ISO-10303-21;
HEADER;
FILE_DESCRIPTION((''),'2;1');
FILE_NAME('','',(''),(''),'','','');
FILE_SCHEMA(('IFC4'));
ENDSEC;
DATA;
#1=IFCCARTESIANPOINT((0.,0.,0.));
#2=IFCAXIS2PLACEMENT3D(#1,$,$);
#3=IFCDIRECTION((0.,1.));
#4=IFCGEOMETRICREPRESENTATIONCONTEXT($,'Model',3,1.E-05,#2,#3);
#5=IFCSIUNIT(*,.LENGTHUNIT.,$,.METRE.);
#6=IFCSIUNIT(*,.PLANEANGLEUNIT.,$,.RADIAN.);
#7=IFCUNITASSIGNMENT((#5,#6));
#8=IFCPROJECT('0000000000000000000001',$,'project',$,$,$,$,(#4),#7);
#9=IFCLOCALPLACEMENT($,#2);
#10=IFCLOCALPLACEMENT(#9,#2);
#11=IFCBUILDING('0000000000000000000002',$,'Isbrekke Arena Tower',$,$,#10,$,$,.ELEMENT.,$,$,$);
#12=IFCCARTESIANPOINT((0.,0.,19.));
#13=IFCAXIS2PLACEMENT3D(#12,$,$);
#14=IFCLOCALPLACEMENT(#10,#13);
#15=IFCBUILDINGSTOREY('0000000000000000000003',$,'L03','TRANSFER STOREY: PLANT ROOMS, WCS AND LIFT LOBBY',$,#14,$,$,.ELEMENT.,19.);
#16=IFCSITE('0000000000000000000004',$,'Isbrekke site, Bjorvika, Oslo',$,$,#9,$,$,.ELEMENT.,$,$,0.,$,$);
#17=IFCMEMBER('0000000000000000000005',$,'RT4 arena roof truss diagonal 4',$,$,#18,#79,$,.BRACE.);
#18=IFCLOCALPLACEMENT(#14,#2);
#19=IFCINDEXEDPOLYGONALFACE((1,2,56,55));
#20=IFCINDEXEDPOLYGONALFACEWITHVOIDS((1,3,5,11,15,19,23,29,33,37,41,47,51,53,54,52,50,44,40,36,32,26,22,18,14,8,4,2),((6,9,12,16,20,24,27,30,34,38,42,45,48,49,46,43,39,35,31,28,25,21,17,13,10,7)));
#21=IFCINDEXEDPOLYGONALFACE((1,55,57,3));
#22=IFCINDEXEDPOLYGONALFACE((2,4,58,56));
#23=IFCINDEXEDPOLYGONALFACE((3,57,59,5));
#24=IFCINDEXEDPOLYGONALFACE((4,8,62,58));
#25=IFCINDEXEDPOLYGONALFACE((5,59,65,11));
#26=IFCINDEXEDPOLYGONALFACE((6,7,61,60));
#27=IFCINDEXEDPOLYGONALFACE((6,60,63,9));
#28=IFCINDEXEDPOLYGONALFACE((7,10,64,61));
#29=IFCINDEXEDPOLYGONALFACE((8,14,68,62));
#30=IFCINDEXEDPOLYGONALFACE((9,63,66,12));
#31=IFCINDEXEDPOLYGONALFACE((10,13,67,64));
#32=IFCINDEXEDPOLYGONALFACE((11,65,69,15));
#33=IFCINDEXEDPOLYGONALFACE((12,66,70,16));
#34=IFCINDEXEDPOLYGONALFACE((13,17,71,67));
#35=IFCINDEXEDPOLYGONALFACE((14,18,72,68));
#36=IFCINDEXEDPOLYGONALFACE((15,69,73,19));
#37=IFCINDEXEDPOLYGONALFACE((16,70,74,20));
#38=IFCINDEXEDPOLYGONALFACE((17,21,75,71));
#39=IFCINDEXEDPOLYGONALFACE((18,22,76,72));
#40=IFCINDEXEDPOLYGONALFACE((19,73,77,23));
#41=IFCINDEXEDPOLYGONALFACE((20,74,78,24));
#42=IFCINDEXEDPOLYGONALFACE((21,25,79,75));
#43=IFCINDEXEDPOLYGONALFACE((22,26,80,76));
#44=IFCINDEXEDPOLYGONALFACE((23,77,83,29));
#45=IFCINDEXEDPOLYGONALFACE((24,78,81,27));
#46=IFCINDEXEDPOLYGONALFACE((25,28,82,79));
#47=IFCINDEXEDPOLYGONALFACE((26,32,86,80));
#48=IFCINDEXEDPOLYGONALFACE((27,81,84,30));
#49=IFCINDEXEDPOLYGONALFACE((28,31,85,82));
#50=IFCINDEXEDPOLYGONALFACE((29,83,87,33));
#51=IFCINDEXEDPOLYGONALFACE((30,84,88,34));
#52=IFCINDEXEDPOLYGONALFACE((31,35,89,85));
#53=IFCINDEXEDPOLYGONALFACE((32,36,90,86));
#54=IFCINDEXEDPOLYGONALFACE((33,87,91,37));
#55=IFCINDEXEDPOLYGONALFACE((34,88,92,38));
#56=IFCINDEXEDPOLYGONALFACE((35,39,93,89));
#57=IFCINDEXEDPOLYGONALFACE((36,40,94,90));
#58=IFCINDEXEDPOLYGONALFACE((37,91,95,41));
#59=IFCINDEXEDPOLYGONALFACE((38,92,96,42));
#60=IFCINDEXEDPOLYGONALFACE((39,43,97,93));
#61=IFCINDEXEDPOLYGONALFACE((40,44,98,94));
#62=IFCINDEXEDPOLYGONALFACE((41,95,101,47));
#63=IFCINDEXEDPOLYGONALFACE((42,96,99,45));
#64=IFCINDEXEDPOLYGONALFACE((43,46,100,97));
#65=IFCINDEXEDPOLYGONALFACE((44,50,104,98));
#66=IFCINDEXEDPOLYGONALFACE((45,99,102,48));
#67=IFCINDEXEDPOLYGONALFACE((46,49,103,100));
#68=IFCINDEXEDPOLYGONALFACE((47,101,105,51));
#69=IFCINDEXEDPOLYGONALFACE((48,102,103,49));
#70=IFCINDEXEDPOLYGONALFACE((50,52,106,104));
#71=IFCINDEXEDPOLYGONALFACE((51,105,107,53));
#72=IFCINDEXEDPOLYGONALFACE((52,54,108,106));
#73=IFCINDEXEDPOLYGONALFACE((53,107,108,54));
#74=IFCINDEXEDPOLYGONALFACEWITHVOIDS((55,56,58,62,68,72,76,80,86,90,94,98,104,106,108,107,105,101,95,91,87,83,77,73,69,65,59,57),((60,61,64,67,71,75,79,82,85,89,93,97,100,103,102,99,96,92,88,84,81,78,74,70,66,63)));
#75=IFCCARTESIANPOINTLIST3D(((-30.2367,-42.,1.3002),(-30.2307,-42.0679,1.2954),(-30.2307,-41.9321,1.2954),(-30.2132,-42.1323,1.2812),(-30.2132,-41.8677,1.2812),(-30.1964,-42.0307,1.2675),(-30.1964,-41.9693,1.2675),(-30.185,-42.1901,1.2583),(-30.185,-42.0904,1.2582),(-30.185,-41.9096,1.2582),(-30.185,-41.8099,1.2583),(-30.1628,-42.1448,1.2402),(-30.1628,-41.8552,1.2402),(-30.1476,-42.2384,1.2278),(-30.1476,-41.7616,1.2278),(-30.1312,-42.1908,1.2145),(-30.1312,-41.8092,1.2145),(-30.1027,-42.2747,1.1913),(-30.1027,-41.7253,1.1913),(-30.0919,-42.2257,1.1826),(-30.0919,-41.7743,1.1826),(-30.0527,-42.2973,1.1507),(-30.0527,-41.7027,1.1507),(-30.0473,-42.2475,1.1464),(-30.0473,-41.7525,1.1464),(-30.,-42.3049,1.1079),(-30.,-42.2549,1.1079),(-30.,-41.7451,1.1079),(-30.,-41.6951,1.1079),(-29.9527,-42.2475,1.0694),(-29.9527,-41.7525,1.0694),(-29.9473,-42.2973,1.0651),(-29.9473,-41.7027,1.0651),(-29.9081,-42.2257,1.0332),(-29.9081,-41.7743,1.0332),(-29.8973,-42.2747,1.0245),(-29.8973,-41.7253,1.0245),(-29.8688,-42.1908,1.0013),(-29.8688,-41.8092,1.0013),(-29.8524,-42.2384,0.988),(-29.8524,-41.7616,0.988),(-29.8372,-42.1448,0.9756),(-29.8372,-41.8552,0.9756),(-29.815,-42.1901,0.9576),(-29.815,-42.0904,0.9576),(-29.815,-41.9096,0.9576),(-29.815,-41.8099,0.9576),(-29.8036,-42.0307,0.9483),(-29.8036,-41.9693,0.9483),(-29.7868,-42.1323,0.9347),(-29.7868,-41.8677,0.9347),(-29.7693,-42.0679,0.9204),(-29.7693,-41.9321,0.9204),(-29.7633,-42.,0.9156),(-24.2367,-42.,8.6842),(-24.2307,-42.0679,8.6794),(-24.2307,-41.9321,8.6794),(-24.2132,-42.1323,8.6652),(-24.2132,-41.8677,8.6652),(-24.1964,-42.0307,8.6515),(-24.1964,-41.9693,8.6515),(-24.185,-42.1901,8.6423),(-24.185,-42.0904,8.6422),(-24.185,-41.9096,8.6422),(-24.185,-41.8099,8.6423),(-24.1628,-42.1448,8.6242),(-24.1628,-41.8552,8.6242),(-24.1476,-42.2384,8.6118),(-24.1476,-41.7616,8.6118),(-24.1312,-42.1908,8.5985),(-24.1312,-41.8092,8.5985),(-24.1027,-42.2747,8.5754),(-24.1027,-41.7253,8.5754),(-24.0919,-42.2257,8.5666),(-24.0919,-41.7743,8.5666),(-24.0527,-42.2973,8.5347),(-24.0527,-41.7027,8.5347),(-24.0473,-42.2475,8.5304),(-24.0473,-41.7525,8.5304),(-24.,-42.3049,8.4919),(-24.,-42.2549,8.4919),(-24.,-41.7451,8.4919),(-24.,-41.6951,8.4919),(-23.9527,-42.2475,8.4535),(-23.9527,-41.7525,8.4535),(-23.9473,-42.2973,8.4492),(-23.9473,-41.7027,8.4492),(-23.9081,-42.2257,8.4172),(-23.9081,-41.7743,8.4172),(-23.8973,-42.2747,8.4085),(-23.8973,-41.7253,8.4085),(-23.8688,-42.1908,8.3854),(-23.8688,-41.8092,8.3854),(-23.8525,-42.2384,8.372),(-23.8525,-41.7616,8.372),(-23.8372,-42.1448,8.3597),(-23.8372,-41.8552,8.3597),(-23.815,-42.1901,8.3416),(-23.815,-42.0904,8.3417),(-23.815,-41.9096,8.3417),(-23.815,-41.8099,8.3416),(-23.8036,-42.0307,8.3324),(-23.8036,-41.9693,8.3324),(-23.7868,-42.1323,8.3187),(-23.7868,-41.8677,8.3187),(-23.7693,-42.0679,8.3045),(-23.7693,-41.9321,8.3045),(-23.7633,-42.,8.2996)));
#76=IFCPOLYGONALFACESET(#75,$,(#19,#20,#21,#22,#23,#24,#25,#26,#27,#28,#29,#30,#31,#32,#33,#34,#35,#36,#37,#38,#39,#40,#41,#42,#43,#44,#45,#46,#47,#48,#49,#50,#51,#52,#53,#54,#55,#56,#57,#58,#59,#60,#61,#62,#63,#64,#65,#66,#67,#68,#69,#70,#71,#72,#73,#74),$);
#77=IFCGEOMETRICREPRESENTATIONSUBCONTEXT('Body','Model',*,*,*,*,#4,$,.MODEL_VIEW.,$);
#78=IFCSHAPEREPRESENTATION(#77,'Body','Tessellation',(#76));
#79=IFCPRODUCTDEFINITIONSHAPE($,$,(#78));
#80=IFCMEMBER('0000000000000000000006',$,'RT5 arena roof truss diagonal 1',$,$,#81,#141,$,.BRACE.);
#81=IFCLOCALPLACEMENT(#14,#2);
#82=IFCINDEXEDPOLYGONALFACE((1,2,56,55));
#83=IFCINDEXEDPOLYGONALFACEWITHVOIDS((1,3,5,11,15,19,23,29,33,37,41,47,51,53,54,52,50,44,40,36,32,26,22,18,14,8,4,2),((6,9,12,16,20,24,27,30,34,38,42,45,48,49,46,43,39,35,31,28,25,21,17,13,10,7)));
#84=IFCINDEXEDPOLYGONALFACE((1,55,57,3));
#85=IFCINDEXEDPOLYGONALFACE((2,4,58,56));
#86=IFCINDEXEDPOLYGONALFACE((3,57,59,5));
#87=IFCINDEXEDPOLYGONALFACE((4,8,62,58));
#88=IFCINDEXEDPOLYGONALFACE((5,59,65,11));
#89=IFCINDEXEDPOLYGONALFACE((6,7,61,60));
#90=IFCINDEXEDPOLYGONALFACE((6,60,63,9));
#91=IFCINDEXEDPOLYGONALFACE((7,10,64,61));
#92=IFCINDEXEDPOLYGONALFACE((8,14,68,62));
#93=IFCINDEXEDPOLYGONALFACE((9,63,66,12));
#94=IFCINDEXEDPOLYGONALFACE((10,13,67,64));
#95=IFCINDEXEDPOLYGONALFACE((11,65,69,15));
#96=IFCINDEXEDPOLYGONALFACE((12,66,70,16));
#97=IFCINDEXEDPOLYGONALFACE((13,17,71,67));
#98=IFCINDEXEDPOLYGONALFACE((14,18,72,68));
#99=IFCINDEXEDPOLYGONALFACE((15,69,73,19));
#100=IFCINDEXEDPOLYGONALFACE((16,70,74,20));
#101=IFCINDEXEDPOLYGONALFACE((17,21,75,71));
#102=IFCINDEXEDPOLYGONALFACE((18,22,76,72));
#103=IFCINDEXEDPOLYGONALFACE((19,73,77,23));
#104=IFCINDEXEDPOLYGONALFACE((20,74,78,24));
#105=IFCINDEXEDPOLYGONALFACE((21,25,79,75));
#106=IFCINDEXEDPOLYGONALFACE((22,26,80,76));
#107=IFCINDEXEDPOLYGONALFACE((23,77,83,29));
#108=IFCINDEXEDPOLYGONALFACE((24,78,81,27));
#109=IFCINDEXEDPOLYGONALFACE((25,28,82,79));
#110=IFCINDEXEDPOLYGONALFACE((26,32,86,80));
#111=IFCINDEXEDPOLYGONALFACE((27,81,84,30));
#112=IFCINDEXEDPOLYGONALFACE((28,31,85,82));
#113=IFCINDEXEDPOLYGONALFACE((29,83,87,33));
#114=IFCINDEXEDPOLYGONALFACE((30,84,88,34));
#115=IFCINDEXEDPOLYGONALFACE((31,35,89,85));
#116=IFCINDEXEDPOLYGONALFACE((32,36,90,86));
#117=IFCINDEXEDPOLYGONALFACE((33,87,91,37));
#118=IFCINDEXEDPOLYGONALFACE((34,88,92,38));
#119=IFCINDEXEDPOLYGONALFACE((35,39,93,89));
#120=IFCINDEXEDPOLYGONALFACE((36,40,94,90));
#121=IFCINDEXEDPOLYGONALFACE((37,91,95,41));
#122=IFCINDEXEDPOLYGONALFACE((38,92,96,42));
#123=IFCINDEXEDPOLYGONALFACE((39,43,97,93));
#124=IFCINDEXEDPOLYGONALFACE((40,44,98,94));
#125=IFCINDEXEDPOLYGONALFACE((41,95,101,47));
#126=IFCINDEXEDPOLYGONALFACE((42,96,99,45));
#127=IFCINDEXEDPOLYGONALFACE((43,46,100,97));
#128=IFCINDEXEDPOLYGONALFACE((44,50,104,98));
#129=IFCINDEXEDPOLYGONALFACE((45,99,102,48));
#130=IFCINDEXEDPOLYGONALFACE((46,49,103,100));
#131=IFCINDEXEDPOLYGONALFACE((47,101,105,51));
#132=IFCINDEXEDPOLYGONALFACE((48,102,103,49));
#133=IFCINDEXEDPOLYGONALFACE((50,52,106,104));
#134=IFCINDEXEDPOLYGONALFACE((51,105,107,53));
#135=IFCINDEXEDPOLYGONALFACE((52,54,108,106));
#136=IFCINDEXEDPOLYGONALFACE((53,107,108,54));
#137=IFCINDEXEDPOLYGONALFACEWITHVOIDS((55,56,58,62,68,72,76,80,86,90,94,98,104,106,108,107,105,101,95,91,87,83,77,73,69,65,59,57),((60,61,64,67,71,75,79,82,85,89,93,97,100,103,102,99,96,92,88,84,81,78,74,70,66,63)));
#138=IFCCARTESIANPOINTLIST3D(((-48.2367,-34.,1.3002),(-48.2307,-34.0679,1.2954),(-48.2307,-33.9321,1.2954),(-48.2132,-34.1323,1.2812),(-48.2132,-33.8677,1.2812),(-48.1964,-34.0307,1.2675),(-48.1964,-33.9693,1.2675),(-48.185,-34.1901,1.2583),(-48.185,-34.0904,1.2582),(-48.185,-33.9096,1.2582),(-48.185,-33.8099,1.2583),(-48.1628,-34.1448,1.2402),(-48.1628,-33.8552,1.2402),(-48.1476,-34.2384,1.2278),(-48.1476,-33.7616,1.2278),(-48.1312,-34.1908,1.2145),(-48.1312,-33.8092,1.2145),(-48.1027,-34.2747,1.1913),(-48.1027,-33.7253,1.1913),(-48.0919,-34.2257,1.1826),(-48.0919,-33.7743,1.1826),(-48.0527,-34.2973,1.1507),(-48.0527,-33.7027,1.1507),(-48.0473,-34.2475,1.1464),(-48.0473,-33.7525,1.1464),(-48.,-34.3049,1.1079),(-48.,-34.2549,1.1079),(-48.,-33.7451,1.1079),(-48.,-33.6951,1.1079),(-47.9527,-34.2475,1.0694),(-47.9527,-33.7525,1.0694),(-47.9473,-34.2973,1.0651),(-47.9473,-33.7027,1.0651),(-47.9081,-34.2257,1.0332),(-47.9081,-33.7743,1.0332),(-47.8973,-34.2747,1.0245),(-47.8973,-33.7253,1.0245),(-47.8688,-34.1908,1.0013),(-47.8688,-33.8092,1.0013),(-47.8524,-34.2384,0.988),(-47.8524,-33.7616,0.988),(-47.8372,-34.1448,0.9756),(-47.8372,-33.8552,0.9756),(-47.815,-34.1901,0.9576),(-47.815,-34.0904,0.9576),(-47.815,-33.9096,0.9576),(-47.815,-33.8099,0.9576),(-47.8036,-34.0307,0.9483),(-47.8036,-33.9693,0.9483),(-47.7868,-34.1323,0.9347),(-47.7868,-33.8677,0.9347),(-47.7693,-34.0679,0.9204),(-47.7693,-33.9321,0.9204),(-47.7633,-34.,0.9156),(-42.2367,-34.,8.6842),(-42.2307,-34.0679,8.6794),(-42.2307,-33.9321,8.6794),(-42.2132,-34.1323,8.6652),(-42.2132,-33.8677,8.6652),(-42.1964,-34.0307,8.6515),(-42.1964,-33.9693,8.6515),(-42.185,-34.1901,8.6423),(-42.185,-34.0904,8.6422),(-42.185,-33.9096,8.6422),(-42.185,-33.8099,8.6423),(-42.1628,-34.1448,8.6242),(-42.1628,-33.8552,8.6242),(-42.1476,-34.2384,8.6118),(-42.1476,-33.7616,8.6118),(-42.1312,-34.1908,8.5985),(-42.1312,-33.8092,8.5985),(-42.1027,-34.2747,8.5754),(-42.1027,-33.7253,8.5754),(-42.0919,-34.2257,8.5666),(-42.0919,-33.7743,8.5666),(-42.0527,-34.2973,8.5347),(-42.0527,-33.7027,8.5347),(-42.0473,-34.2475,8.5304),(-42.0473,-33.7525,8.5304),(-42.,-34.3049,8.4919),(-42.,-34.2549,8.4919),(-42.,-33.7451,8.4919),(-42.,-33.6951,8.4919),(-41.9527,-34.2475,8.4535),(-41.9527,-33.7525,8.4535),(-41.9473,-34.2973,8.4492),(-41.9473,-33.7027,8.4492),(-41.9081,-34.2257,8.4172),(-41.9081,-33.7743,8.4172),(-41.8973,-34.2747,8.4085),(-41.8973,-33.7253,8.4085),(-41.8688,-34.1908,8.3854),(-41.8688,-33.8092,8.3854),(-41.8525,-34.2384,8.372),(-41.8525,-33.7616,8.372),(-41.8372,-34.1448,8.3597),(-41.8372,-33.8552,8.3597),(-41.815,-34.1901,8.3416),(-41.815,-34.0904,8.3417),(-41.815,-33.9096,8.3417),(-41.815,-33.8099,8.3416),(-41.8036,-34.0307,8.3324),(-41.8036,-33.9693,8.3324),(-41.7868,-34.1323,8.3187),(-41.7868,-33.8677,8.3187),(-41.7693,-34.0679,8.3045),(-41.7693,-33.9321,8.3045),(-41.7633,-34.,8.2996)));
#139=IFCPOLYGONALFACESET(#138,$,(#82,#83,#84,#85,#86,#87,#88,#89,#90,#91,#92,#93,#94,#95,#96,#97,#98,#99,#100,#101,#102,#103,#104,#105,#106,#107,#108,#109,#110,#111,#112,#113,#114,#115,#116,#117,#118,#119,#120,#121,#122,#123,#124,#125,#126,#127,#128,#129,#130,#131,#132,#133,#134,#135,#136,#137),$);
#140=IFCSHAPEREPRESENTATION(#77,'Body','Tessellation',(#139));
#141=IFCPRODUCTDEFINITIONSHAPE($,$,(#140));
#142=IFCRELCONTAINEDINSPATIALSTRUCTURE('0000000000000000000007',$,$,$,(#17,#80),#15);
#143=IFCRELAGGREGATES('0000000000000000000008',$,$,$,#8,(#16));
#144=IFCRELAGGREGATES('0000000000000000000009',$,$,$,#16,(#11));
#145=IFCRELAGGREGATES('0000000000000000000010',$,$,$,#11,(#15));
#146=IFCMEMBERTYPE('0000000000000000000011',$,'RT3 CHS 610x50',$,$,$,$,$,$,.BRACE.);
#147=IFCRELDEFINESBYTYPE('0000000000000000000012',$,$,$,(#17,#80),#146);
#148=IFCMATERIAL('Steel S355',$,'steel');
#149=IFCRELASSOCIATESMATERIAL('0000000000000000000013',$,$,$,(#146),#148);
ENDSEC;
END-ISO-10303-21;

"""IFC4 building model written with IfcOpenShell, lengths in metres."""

from ifc_helpers import new_model, si_unit, direction, frame, origin, origin_2d, place, context, subcontext, project, spatial, hollow_circle, extrude, material, material_profile, profile_set, type_object, element, save


model = new_model("IFC4")

# Units and contexts
model_context = context("Model", 3, precision=1e-05, world=origin(), true_north=direction((0.0, 1.0)))
body_context = subcontext(model_context, "Body", "Model", "MODEL_VIEW")
ifc_project = project(units=[si_unit("LENGTHUNIT", "METRE"), si_unit("PLANEANGLEUNIT", "RADIAN")], contexts=[model_context])

# Site, building, storey
site_placement = place(None, origin())
site = spatial("IfcSite", under=ifc_project, at=site_placement, Name="Isbrekke site, Bjorvika, Oslo", CompositionType="ELEMENT", RefElevation=0.0)
building_placement = place(site_placement, origin())
building = spatial("IfcBuilding", under=site, at=building_placement, Name="Isbrekke Arena Tower", CompositionType="ELEMENT")
storey_placement = place(building_placement, frame((0.0, 0.0, 19.0)))
storey = spatial("IfcBuildingStorey", under=building, at=storey_placement, Name="L03", Description="TRANSFER STOREY: PLANT ROOMS, WCS AND LIFT LOBBY", CompositionType="ELEMENT", Elevation=19.0)

# Members
ifc_material_1 = material(Name="Steel S355", Category="steel")
ifc_material_profile_1 = material_profile(ifc_material_1, hollow_circle(Radius=0.3049, WallThickness=0.05, at=origin_2d()), Name="CHS 610x50")
ifc_profile_set_1 = profile_set([ifc_material_profile_1], Name="Steel S355")
member_type_1 = type_object("IfcMemberType", Name="RT3 CHS 610x50", PredefinedType="BRACE", material=ifc_profile_set_1)
for number, where, z_axis, x_axis, name in (
    (1, (-30.0, -42.0, 1.1079), (0.630623, 0.0, 0.77609), (0.0, 1.0, 0.0), "RT4 arena roof truss diagonal 4"),
    (2, (-48.0, -34.0, 1.1079), (0.630623, 0.0, 0.77609), (0.0, 1.0, 0.0), "RT5 arena roof truss diagonal 1"),
):
    element("IfcMember", number, at=place(storey_placement, frame(where, z_axis=z_axis, x_axis=x_axis)), inside=storey, type_object=member_type_1, Name=name, PredefinedType="BRACE", context=body_context, shape_type="SweptSolid", body=[
        extrude(hollow_circle(Radius=0.3049, WallThickness=0.05, at=origin_2d()), origin(), (0.0, 0.0, 1.0), 9.5144),
    ])

save(model, "model.ifc")
